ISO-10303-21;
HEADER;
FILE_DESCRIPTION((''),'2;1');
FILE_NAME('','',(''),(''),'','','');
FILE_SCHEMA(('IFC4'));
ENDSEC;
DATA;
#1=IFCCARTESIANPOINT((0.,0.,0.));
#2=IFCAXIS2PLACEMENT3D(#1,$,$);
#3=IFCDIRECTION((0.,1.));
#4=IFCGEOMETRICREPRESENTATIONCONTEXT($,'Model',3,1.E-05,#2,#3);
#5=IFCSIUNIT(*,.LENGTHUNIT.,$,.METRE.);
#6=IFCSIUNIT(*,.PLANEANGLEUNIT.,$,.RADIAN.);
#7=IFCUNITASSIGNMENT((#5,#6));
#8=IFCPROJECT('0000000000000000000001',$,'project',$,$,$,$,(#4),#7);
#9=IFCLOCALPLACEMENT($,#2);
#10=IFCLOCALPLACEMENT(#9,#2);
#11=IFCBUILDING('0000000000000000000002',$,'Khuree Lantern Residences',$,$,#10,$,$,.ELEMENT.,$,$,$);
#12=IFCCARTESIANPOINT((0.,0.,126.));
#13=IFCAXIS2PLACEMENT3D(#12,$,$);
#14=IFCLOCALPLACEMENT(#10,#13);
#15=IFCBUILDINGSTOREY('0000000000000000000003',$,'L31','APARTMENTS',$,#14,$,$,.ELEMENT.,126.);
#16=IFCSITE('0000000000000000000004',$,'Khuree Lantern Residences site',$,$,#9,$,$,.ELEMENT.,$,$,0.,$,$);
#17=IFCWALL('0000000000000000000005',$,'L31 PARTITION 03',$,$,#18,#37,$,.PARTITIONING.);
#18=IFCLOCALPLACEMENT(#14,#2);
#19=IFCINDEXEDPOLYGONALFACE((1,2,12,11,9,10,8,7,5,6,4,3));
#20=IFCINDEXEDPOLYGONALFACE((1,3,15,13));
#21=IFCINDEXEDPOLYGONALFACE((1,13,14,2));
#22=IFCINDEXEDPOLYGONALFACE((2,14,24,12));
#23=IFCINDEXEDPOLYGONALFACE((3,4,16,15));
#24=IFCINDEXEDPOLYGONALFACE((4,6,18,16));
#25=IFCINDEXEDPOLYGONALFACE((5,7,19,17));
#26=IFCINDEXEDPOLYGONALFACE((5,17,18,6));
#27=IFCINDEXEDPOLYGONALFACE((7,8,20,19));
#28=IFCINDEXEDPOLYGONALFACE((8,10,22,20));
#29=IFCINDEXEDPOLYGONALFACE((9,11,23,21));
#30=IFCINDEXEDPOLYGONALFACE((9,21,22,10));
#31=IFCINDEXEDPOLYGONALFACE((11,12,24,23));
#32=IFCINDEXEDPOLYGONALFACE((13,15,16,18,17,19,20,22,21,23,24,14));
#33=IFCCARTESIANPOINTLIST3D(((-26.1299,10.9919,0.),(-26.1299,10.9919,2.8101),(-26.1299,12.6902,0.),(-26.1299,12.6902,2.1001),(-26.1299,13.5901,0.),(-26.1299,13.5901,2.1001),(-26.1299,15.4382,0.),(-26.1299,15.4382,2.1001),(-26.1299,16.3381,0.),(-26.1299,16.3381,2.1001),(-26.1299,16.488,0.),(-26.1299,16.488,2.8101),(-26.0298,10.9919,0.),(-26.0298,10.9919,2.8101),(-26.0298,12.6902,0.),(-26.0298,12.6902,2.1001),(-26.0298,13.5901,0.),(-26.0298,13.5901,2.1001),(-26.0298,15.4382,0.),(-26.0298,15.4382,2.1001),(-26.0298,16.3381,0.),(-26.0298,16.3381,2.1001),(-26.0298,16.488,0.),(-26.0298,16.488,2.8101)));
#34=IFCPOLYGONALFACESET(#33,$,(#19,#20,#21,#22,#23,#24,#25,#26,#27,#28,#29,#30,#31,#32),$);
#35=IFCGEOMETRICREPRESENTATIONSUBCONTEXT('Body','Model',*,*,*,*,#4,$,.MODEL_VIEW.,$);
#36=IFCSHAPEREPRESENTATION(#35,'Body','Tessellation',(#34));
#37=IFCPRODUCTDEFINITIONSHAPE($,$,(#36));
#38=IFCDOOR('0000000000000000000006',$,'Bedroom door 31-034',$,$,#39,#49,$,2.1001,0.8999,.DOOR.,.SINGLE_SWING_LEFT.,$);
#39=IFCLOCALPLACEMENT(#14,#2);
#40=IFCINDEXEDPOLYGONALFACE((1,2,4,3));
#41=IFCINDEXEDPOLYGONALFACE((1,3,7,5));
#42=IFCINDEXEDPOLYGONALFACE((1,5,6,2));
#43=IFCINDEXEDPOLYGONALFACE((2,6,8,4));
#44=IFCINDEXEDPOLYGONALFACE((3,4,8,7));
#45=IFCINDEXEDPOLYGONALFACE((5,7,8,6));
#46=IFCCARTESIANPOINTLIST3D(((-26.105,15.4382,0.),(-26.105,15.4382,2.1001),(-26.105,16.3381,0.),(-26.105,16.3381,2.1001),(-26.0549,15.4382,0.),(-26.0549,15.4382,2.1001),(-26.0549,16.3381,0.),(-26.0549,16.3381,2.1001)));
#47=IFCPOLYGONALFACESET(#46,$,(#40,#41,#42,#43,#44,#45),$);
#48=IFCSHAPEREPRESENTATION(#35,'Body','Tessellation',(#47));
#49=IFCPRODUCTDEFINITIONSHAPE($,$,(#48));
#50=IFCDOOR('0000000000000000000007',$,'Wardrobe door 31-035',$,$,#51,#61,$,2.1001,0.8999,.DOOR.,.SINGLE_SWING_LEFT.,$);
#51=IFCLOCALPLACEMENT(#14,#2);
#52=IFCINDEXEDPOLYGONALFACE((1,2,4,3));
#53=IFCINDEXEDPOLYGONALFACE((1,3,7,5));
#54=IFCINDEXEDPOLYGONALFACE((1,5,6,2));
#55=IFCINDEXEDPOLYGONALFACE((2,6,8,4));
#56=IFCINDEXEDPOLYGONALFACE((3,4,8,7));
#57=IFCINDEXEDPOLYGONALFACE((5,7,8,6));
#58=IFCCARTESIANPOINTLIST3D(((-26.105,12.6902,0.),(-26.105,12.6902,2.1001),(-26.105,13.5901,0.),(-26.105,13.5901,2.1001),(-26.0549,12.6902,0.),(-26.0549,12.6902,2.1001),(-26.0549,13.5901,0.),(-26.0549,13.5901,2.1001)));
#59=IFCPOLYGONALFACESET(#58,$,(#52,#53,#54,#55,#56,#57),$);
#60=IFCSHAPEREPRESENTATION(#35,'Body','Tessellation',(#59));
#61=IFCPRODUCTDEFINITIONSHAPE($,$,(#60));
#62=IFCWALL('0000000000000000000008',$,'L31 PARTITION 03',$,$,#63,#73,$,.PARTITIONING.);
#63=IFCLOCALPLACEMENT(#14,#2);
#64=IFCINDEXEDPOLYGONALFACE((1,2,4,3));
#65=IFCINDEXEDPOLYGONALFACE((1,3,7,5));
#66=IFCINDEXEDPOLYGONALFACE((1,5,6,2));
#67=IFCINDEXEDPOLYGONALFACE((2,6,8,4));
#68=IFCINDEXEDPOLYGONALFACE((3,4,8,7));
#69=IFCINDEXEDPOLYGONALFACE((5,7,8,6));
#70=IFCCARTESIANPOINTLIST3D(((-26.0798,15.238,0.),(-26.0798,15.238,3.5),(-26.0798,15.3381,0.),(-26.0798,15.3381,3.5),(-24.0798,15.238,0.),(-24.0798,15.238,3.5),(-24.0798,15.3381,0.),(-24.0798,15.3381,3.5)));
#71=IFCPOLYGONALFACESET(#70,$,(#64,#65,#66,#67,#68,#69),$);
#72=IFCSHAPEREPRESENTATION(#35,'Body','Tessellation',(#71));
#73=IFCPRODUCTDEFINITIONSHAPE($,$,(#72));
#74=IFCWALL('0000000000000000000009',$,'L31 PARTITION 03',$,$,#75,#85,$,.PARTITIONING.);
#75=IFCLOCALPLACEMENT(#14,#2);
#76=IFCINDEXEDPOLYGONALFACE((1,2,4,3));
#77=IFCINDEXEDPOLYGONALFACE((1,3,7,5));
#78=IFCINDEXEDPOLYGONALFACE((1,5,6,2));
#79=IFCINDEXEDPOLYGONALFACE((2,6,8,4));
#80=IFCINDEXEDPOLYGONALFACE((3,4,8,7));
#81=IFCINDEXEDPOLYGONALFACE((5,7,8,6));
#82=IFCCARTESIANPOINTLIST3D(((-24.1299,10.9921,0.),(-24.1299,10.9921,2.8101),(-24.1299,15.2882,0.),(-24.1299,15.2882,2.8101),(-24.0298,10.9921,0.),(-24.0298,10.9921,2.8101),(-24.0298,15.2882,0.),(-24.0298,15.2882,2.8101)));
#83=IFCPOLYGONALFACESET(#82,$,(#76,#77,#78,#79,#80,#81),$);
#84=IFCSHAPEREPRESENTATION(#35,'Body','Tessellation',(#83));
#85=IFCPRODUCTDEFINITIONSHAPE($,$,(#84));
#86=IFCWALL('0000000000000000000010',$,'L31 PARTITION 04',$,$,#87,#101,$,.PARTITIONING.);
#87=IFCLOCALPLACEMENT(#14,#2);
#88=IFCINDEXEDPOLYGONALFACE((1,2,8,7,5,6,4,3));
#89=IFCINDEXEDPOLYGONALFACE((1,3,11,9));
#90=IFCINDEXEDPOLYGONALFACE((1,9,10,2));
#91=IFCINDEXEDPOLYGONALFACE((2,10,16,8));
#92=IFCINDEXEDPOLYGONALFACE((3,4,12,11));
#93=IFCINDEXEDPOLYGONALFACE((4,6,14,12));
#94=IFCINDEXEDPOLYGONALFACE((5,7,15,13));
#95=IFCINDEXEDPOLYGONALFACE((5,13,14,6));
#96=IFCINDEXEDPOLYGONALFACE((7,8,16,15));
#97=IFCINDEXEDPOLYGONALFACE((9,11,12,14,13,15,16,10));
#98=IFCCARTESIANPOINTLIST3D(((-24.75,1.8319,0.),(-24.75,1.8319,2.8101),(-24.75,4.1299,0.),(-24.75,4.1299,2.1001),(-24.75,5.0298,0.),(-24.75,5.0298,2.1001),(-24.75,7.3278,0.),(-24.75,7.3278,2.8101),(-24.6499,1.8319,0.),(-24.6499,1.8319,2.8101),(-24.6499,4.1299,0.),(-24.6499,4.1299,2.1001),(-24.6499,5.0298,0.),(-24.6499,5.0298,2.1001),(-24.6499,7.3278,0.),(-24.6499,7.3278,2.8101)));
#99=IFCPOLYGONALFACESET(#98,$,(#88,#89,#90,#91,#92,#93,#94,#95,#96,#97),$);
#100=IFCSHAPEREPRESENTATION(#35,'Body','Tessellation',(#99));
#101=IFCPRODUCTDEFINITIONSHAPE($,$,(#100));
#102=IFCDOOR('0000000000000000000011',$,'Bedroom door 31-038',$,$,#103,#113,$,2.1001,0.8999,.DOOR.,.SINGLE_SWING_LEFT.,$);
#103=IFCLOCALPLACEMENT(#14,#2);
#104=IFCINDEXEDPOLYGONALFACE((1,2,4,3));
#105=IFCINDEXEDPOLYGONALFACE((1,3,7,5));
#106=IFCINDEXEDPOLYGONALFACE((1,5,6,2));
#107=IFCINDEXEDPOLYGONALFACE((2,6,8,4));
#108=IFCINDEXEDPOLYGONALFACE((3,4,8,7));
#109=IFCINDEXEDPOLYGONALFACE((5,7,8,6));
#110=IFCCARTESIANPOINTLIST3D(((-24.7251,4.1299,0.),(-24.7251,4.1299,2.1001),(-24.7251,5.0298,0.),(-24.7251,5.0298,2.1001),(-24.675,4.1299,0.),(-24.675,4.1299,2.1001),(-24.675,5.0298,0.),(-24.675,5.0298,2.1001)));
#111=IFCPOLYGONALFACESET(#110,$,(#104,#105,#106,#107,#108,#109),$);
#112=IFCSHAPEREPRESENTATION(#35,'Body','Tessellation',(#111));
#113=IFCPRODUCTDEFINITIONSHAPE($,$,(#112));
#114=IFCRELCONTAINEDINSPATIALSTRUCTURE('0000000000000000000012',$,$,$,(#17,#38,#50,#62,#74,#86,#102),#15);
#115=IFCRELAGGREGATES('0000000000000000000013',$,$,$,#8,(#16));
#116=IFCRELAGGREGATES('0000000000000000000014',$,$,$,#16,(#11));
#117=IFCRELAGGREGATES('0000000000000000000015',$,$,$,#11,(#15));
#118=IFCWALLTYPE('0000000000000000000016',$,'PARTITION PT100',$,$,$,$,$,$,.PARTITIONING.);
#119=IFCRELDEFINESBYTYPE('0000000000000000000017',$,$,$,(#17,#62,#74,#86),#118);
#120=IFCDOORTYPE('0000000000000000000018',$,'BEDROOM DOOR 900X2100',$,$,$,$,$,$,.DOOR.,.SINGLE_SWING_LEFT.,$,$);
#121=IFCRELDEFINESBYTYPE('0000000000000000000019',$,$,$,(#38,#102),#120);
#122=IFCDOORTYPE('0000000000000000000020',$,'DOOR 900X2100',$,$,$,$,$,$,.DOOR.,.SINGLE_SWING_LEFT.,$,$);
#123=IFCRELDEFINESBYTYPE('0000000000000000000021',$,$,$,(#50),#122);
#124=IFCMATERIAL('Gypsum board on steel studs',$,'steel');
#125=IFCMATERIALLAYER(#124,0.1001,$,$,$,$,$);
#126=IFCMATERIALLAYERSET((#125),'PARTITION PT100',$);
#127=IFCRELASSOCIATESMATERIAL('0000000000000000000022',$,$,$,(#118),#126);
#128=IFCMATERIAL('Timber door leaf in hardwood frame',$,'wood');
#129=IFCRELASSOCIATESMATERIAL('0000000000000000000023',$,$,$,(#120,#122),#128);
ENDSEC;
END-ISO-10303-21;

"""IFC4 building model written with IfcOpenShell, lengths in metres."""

from ifc_helpers import new_model, si_unit, direction, frame, frame_2d, origin, place, context, subcontext, project, spatial, rectangle, extrude, material, layer, layer_set, type_object, element, fill, save


model = new_model("IFC4")

# Units and contexts
model_context = context("Model", 3, precision=1e-05, world=origin(), true_north=direction((0.0, 1.0)))
body_context = subcontext(model_context, "Body", "Model", "MODEL_VIEW")
ifc_project = project(units=[si_unit("LENGTHUNIT", "METRE"), si_unit("PLANEANGLEUNIT", "RADIAN")], contexts=[model_context])

# Site, building, storey
site_placement = place(None, origin())
site = spatial("IfcSite", under=ifc_project, at=site_placement, Name="Khuree Lantern Residences site", CompositionType="ELEMENT", RefElevation=0.0)
building_placement = place(site_placement, origin())
building = spatial("IfcBuilding", under=site, at=building_placement, Name="Khuree Lantern Residences", CompositionType="ELEMENT")
storey_placement = place(building_placement, frame((0.0, 0.0, 126.0)))
storey = spatial("IfcBuildingStorey", under=building, at=storey_placement, Name="L31", Description="APARTMENTS", CompositionType="ELEMENT", Elevation=126.0)

# Shared definitions
ifc_material_1 = material(Name="Timber door leaf in hardwood frame", Category="wood")

# Shared definitions
ifc_material_2 = material(Name="Gypsum board on steel studs", Category="steel")
ifc_layer_1 = layer(ifc_material_2, 0.1001)
ifc_layer_set_1 = layer_set([ifc_layer_1], Name="PARTITION PT100")
wall_type_1 = type_object("IfcWallType", Name="PARTITION PT100", PredefinedType="PARTITIONING", material=ifc_layer_set_1)

# Wall, openings, doors
wall_1_placement = place(storey_placement, frame((-26.0798, 16.488, 0.0), z_axis=(0.0, 0.0, 1.0), x_axis=(0.0, -1.0, 0.0)))
wall_1 = element("IfcWall", 1, at=wall_1_placement, inside=storey, type_object=wall_type_1, Name="L31 PARTITION 03", PredefinedType="PARTITIONING", context=body_context, shape_type="SweptSolid", body=[
    extrude(rectangle(XDim=5.4961, YDim=0.1001, at=frame_2d((2.748, 0.0))), origin(), (0.0, 0.0, 1.0), 2.8101),
])
opening_1_placement = place(wall_1_placement, frame((0.1499, 0.0, 0.0)))
opening_1 = element("IfcOpeningElement", 2, at=opening_1_placement, cuts=wall_1, PredefinedType="OPENING", context=body_context, shape_type="SweptSolid", body=[
    extrude(rectangle(XDim=0.8999, YDim=2.1001, at=frame_2d((0.45, 1.05))), frame((0.0, 0.0601, 0.0), z_axis=(0.0, -1.0, 0.0), x_axis=(1.0, 0.0, 0.0)), (0.0, 0.0, 1.0), 0.1201),
])
opening_2_placement = place(wall_1_placement, frame((2.8979, 0.0, 0.0)))
opening_2 = element("IfcOpeningElement", 3, at=opening_2_placement, cuts=wall_1, PredefinedType="OPENING", context=body_context, shape_type="SweptSolid", body=[
    extrude(rectangle(XDim=0.8999, YDim=2.1001, at=frame_2d((0.45, 1.05))), frame((0.0, 0.0601, 0.0), z_axis=(0.0, -1.0, 0.0), x_axis=(1.0, 0.0, 0.0)), (0.0, 0.0, 1.0), 0.1201),
])
door_type_1 = type_object("IfcDoorType", Name="BEDROOM DOOR 900X2100", OperationType="SINGLE_SWING_LEFT", PredefinedType="DOOR", material=ifc_material_1)
door_1_placement = place(opening_1_placement, origin())
door_1 = element("IfcDoor", 4, at=door_1_placement, inside=storey, type_object=door_type_1, Name="Bedroom door 31-034", OperationType="SINGLE_SWING_LEFT", OverallHeight=2.1001, OverallWidth=0.8999, PredefinedType="DOOR", context=body_context, shape_type="SweptSolid", body=[
    extrude(rectangle(XDim=0.8999, YDim=2.1001, at=frame_2d((0.45, 1.05))), frame((0.0, 0.0249, 0.0), z_axis=(0.0, -1.0, 0.0), x_axis=(1.0, 0.0, 0.0)), (0.0, 0.0, 1.0), 0.05),
])
fill(opening_1, door_1)
door_type_2 = type_object("IfcDoorType", Name="DOOR 900X2100", OperationType="SINGLE_SWING_LEFT", PredefinedType="DOOR", material=ifc_material_1)
door_2_placement = place(opening_2_placement, origin())
door_2 = element("IfcDoor", 5, at=door_2_placement, inside=storey, type_object=door_type_2, Name="Wardrobe door 31-035", OperationType="SINGLE_SWING_LEFT", OverallHeight=2.1001, OverallWidth=0.8999, PredefinedType="DOOR", context=body_context, shape_type="SweptSolid", body=[
    extrude(rectangle(XDim=0.8999, YDim=2.1001, at=frame_2d((0.45, 1.05))), frame((0.0, 0.0249, 0.0), z_axis=(0.0, -1.0, 0.0), x_axis=(1.0, 0.0, 0.0)), (0.0, 0.0, 1.0), 0.05),
])
fill(opening_2, door_2)

# Walls
wall_2_placement = place(storey_placement, frame((-24.0798, 15.2881, 0.0), z_axis=(0.0, 0.0, 1.0), x_axis=(-1.0, 0.0, 0.0)))
element("IfcWall", 6, at=wall_2_placement, inside=storey, type_object=wall_type_1, Name="L31 PARTITION 03", PredefinedType="PARTITIONING", context=body_context, shape_type="SweptSolid", body=[
    extrude(rectangle(XDim=2.0, YDim=0.1001, at=frame_2d((1.0, 0.0))), origin(), (0.0, 0.0, 1.0), 3.5),
])
wall_3_placement = place(storey_placement, frame((-24.0798, 15.2881, 0.0), z_axis=(0.0, 0.0, 1.0), x_axis=(0.0, -1.0, 0.0)))
element("IfcWall", 7, at=wall_3_placement, inside=storey, type_object=wall_type_1, Name="L31 PARTITION 03", PredefinedType="PARTITIONING", context=body_context, shape_type="SweptSolid", body=[
    extrude(rectangle(XDim=4.2961, YDim=0.1001, at=frame_2d((2.1479, 0.0))), origin(), (0.0, 0.0, 1.0), 2.8101),
])

# Wall, opening, door
wall_4_placement = place(storey_placement, frame((-24.7, 7.3279, 0.0), z_axis=(0.0, 0.0, 1.0), x_axis=(0.0, -1.0, 0.0)))
wall_4 = element("IfcWall", 8, at=wall_4_placement, inside=storey, type_object=wall_type_1, Name="L31 PARTITION 04", PredefinedType="PARTITIONING", context=body_context, shape_type="SweptSolid", body=[
    extrude(rectangle(XDim=5.4958, YDim=0.1001, at=frame_2d((2.748, 0.0))), origin(), (0.0, 0.0, 1.0), 2.8101),
])
opening_3_placement = place(wall_4_placement, frame((2.2981, 0.0, 0.0)))
opening_3 = element("IfcOpeningElement", 9, at=opening_3_placement, cuts=wall_4, PredefinedType="OPENING", context=body_context, shape_type="SweptSolid", body=[
    extrude(rectangle(XDim=0.8999, YDim=2.1001, at=frame_2d((0.45, 1.05))), frame((0.0, 0.0601, 0.0), z_axis=(0.0, -1.0, 0.0), x_axis=(1.0, 0.0, 0.0)), (0.0, 0.0, 1.0), 0.1201),
])
door_3_placement = place(opening_3_placement, origin())
door_3 = element("IfcDoor", 10, at=door_3_placement, inside=storey, type_object=door_type_1, Name="Bedroom door 31-038", OperationType="SINGLE_SWING_LEFT", OverallHeight=2.1001, OverallWidth=0.8999, PredefinedType="DOOR", context=body_context, shape_type="SweptSolid", body=[
    extrude(rectangle(XDim=0.8999, YDim=2.1001, at=frame_2d((0.45, 1.05))), frame((0.0, 0.0249, 0.0), z_axis=(0.0, -1.0, 0.0), x_axis=(1.0, 0.0, 0.0)), (0.0, 0.0, 1.0), 0.05),
])
fill(opening_3, door_3)

save(model, "model.ifc")
